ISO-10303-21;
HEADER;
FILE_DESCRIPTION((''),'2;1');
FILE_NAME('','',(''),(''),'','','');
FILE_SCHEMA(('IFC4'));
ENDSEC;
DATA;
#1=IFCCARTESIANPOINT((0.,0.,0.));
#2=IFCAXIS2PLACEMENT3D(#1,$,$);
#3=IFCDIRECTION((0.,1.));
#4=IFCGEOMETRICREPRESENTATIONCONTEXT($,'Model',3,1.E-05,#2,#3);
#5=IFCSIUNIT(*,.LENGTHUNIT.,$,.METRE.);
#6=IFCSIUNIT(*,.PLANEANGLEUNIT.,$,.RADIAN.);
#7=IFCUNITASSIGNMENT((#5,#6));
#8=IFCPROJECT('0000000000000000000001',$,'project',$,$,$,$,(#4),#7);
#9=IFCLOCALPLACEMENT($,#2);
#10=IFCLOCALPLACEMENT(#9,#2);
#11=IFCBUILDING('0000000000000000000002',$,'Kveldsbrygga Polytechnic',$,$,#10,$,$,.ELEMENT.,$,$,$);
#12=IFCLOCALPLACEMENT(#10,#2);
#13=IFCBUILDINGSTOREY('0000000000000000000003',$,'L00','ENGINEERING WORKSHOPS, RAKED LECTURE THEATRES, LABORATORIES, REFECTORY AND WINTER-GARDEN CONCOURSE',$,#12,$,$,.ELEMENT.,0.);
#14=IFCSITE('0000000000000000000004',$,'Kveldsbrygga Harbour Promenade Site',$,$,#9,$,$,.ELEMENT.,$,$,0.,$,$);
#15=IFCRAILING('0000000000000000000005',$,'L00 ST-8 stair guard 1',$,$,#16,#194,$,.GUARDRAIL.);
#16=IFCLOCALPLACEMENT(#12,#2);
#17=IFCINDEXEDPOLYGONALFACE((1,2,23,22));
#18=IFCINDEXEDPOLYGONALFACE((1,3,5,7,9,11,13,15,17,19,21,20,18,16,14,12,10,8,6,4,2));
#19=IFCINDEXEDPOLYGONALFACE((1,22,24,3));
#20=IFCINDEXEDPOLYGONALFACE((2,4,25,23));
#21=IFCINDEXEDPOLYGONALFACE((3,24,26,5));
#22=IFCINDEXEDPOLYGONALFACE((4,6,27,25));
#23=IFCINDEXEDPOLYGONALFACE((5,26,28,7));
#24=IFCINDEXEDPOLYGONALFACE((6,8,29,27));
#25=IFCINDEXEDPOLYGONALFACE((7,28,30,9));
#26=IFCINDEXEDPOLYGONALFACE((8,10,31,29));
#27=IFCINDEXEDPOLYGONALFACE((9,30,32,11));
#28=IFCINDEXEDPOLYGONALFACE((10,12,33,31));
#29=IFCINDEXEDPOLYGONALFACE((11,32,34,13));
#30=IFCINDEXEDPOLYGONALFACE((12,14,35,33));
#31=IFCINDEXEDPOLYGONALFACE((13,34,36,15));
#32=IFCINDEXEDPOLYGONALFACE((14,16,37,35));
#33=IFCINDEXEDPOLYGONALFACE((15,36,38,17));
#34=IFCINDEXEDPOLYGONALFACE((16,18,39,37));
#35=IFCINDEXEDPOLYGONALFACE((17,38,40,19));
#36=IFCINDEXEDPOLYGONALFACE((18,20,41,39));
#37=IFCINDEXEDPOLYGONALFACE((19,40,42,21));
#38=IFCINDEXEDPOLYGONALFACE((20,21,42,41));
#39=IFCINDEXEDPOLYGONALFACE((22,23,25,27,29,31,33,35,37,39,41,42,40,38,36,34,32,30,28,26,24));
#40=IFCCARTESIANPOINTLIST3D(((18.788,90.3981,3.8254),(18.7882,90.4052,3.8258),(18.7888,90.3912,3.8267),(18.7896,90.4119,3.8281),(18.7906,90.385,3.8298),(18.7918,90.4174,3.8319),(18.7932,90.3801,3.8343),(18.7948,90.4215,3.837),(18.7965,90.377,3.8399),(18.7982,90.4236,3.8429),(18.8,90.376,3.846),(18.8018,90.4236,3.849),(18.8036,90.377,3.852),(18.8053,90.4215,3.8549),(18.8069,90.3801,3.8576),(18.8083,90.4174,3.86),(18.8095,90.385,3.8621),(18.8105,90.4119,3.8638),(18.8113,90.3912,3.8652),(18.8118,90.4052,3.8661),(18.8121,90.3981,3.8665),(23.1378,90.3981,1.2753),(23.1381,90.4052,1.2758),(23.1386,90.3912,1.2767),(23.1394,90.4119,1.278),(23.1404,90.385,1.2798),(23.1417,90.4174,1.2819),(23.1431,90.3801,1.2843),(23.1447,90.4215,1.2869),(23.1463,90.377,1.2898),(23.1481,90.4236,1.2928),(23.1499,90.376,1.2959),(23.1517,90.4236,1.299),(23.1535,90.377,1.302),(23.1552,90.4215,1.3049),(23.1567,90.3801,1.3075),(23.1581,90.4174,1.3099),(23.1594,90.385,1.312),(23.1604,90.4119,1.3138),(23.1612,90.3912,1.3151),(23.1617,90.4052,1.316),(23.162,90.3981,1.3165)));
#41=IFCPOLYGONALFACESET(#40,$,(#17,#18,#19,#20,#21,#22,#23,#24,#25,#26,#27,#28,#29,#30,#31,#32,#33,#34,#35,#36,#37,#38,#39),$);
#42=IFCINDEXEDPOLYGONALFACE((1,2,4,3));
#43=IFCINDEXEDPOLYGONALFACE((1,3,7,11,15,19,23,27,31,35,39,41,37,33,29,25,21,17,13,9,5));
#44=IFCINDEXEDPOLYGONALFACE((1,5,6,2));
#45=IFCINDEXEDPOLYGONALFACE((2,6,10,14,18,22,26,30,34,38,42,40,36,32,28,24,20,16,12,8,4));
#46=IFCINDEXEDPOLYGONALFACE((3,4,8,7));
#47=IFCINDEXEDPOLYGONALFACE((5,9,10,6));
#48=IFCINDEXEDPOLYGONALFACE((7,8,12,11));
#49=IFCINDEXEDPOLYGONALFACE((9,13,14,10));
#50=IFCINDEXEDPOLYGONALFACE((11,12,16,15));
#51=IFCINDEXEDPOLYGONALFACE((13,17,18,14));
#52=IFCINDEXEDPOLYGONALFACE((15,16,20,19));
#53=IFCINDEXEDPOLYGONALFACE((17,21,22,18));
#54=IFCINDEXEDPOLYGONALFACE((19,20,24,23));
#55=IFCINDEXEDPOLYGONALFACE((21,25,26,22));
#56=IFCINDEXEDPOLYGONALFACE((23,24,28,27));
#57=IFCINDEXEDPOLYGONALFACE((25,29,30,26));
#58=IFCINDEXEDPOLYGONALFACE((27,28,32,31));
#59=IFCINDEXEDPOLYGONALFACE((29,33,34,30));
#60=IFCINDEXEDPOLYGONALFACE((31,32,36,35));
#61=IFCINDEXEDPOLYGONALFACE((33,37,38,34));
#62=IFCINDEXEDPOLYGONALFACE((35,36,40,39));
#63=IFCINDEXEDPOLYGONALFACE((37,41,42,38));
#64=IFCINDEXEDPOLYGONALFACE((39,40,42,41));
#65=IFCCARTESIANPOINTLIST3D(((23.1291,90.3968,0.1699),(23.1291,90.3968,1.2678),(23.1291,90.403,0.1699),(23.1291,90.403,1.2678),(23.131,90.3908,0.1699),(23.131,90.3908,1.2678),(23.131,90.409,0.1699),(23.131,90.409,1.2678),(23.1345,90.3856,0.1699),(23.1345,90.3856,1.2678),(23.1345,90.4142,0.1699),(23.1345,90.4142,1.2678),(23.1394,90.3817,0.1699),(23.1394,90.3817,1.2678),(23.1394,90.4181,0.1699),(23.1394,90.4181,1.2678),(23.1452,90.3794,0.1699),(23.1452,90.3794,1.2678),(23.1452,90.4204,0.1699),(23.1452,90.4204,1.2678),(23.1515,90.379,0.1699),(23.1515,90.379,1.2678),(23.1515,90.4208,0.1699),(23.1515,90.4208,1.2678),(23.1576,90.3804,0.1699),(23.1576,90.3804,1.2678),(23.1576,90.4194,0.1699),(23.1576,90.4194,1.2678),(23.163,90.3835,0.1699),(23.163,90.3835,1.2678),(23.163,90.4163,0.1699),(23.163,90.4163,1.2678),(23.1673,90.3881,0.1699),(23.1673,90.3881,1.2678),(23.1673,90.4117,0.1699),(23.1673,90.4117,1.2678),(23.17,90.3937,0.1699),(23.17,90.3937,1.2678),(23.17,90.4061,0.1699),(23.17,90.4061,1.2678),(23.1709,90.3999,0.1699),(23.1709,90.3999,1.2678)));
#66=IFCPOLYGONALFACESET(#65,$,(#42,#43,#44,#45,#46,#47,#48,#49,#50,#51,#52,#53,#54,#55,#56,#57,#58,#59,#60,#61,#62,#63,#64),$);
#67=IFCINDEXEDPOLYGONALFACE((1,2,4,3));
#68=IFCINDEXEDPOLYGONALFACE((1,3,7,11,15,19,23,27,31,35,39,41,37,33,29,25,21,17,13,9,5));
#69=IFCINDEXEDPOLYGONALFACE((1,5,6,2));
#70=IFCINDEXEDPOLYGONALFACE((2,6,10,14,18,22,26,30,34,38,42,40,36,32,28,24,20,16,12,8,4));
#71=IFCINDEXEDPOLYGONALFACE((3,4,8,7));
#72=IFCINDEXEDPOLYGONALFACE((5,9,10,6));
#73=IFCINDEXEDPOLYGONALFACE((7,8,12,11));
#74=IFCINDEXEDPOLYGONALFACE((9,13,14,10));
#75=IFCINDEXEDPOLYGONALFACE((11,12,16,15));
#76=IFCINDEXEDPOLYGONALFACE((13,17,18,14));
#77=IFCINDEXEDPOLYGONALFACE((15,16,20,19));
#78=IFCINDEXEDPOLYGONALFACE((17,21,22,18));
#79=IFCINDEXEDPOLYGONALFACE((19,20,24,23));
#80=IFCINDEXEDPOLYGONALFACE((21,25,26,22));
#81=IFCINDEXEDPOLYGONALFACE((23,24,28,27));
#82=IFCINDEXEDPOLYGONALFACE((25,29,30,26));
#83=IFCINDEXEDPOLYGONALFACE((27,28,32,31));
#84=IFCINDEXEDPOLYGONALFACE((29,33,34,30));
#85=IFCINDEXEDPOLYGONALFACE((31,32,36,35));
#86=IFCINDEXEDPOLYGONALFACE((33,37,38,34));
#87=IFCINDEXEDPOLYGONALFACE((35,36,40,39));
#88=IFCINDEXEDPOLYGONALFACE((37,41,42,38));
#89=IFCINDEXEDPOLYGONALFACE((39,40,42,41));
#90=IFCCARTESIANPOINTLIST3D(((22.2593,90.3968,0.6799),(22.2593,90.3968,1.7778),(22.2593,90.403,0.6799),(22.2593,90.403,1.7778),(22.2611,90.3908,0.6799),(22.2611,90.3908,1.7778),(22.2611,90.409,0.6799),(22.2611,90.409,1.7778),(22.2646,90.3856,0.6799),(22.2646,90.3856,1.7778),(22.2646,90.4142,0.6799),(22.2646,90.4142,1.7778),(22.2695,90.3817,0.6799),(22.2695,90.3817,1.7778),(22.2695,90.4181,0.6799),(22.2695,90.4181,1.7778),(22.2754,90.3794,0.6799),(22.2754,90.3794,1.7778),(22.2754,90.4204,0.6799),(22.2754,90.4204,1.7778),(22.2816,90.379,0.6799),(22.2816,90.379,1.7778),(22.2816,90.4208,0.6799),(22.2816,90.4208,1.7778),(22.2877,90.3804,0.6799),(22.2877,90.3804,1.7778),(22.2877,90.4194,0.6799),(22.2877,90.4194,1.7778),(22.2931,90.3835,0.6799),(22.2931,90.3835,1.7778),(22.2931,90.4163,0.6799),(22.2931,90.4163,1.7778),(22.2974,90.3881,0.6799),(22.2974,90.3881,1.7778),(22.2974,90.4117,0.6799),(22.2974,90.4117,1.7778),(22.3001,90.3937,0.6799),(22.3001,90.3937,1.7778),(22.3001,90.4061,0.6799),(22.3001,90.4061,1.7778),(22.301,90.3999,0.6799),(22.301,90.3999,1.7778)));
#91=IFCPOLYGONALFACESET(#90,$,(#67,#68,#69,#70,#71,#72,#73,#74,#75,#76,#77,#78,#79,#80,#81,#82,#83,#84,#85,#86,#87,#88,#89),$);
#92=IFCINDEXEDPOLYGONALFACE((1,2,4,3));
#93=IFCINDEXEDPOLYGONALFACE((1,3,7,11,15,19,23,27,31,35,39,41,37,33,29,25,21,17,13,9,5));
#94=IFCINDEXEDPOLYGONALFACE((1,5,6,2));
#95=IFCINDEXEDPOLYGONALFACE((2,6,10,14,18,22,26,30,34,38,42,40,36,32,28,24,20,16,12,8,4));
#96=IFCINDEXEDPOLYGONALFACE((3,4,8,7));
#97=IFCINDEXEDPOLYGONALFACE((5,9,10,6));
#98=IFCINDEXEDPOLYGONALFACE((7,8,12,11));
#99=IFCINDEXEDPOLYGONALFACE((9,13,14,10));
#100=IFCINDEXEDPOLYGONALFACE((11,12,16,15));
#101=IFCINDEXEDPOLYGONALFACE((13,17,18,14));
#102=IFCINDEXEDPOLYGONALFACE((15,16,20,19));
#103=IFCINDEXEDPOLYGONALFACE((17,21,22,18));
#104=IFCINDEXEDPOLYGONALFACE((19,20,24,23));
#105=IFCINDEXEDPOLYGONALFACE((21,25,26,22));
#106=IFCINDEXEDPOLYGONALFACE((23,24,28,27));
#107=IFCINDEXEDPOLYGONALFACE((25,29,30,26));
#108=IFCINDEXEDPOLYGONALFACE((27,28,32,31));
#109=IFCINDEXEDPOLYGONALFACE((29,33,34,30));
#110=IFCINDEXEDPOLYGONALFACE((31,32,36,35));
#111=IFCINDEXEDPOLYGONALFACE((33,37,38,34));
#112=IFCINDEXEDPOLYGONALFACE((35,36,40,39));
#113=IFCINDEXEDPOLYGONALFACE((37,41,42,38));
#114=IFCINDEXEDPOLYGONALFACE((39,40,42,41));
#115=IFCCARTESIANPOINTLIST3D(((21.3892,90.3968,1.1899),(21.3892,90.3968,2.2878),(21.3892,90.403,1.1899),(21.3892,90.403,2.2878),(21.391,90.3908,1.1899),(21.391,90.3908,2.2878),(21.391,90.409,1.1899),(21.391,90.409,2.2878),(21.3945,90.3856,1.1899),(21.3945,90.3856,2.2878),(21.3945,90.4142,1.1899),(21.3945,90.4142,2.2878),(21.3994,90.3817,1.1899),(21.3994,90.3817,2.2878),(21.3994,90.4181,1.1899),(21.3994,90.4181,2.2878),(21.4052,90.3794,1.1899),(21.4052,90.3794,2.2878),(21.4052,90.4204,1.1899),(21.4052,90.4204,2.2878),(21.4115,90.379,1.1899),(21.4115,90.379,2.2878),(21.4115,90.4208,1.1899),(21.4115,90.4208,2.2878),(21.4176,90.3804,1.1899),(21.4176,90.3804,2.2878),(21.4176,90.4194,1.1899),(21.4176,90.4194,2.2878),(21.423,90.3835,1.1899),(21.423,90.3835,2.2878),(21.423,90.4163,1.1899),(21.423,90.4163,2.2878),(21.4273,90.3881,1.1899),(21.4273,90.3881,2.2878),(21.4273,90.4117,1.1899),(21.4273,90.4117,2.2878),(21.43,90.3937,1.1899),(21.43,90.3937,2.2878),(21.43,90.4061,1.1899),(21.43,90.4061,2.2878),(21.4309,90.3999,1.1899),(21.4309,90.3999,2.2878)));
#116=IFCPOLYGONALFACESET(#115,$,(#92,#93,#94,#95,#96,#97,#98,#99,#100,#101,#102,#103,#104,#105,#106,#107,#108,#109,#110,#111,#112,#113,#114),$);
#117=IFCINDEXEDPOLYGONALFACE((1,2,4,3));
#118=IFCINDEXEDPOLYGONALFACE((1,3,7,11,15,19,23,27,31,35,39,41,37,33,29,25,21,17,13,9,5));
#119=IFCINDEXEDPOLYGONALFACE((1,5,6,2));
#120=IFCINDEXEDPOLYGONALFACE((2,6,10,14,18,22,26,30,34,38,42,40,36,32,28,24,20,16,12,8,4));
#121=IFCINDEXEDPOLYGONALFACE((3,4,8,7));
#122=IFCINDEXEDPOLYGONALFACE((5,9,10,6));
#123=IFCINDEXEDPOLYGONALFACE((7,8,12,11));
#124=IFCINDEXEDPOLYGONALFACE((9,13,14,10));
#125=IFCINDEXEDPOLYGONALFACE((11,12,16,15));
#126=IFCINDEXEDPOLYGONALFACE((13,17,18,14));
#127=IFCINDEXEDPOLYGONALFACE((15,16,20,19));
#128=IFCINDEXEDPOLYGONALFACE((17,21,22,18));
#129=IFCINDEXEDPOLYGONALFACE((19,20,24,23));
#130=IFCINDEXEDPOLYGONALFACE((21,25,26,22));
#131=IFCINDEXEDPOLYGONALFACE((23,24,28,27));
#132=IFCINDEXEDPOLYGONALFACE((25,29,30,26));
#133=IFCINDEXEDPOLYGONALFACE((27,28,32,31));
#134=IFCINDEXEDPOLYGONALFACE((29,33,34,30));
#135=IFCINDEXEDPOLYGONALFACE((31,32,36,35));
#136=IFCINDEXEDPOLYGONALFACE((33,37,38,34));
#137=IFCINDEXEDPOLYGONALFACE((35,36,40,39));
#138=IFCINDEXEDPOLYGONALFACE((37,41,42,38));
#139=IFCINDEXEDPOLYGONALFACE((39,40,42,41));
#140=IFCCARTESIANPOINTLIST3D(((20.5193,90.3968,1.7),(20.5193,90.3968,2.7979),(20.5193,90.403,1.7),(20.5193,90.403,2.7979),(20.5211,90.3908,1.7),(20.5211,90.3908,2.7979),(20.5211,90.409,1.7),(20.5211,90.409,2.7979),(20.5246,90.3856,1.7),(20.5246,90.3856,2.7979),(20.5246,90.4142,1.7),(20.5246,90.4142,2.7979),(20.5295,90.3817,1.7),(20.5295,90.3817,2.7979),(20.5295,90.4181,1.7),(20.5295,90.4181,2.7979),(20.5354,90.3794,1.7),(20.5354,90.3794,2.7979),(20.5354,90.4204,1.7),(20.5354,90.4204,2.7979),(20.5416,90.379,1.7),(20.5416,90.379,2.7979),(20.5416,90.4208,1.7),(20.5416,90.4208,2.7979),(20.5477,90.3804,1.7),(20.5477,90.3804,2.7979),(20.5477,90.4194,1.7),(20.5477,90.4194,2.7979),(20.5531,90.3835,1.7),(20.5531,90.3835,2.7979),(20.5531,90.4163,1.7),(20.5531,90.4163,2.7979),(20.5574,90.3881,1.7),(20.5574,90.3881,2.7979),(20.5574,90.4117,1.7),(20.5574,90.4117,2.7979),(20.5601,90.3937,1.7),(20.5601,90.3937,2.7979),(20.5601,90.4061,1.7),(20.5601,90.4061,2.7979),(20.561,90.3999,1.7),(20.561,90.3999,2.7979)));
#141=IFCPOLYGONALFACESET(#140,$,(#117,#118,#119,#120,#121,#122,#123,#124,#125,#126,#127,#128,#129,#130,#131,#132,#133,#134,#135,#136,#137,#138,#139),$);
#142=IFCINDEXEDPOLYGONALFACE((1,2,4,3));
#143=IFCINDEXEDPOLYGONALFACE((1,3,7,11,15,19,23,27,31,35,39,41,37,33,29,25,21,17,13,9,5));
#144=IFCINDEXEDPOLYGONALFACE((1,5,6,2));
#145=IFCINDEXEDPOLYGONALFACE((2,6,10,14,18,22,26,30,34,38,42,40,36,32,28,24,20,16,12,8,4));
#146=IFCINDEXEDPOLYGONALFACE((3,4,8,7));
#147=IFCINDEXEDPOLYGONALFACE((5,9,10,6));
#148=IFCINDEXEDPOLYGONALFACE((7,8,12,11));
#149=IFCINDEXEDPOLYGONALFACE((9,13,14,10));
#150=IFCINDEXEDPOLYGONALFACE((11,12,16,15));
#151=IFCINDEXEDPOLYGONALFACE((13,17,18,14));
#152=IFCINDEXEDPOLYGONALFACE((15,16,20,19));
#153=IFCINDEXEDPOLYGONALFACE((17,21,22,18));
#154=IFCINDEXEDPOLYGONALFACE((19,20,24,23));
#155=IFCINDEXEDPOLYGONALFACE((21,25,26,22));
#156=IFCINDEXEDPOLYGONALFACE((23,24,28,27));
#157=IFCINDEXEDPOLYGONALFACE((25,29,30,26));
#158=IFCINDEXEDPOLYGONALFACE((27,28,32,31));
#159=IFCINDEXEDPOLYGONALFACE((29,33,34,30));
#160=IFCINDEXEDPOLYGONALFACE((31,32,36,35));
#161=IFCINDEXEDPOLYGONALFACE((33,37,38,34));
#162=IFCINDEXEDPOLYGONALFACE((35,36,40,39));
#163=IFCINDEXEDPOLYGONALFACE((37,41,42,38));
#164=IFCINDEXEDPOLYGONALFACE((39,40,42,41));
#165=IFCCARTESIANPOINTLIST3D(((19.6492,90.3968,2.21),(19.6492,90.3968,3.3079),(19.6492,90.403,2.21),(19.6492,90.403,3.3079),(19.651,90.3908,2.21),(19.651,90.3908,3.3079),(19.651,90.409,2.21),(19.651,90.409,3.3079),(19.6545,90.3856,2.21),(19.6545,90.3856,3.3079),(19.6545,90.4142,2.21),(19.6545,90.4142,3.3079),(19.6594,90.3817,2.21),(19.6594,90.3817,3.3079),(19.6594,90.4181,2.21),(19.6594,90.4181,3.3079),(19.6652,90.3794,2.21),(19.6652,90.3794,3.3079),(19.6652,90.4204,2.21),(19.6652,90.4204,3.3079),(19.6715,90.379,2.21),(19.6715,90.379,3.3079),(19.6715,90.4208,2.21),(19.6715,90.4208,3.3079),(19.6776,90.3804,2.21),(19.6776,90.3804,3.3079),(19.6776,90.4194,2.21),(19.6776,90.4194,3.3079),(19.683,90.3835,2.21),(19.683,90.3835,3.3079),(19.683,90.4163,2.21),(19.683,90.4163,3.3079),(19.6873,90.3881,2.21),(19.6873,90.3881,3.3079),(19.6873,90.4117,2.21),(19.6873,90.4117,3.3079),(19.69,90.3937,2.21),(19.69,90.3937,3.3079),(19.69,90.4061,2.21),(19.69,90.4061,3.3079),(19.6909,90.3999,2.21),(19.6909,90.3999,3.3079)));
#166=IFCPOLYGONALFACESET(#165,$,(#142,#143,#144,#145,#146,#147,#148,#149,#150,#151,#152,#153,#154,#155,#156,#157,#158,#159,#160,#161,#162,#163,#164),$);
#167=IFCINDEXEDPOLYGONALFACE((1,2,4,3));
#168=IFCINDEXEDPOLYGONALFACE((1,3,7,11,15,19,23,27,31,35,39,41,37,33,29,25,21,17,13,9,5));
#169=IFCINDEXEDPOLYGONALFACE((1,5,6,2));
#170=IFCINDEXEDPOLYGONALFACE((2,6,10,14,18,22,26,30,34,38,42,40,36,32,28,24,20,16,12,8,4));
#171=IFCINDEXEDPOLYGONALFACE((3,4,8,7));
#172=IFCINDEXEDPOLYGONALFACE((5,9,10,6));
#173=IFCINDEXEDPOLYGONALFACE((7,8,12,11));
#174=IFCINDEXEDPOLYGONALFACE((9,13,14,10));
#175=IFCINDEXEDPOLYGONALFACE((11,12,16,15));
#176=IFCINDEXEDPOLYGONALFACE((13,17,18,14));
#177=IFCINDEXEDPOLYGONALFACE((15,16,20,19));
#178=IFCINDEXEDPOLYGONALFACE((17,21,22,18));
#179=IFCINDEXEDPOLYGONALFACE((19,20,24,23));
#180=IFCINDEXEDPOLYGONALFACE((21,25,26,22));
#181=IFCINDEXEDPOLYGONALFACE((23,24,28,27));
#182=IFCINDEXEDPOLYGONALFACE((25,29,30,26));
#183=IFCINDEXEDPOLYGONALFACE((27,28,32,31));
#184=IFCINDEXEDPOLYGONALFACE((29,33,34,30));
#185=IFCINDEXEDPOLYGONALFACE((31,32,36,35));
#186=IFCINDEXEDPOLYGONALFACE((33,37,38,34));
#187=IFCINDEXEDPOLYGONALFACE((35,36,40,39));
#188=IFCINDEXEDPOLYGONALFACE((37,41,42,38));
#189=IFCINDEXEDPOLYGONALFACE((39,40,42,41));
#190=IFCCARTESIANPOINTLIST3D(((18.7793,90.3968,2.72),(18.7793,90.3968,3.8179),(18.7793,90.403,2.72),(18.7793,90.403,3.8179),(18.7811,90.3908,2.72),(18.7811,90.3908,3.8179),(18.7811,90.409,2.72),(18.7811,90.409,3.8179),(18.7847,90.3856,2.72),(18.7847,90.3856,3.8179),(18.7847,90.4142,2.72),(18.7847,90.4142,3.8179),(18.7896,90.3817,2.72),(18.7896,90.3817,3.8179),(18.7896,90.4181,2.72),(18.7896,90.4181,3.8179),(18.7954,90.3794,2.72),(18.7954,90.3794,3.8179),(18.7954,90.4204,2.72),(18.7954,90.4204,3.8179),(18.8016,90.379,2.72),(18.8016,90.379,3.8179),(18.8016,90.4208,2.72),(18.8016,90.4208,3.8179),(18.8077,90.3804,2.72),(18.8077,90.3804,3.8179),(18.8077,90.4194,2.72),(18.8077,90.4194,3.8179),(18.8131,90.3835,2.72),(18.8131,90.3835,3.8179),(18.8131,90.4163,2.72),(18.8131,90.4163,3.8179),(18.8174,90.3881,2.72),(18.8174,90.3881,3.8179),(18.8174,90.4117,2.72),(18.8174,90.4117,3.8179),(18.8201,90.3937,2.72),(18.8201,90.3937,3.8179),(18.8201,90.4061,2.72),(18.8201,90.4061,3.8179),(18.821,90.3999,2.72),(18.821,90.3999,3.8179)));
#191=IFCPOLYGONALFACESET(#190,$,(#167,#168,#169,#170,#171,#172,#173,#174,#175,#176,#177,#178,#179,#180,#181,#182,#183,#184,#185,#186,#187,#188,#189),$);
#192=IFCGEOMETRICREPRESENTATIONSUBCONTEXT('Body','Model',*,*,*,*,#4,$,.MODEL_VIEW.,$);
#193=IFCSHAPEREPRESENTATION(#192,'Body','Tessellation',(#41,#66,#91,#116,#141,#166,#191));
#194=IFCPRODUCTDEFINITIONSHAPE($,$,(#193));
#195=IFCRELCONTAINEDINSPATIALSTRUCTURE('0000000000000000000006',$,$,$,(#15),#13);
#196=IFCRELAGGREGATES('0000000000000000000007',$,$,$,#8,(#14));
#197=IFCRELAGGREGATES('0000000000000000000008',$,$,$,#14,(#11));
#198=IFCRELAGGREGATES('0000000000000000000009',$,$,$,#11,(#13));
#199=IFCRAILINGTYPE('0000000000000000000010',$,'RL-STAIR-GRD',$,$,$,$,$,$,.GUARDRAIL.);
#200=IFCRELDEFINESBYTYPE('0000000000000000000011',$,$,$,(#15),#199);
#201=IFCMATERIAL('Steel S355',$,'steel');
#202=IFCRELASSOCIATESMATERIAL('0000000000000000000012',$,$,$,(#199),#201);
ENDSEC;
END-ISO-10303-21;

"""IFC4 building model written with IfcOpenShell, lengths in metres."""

from ifc_helpers import new_model, si_unit, direction, frame, origin, origin_2d, place, context, subcontext, project, spatial, circle, extrude, material, type_object, element, save


model = new_model("IFC4")

# Units and contexts
model_context = context("Model", 3, precision=1e-05, world=origin(), true_north=direction((0.0, 1.0)))
body_context = subcontext(model_context, "Body", "Model", "MODEL_VIEW")
ifc_project = project(units=[si_unit("LENGTHUNIT", "METRE"), si_unit("PLANEANGLEUNIT", "RADIAN")], contexts=[model_context])

# Site, building, storey
site_placement = place(None, origin())
site = spatial("IfcSite", under=ifc_project, at=site_placement, Name="Kveldsbrygga Harbour Promenade Site", CompositionType="ELEMENT", RefElevation=0.0)
building_placement = place(site_placement, origin())
building = spatial("IfcBuilding", under=site, at=building_placement, Name="Kveldsbrygga Polytechnic", CompositionType="ELEMENT")
storey_placement = place(building_placement, origin())
storey = spatial("IfcBuildingStorey", under=building, at=storey_placement, Name="L00", Description="ENGINEERING WORKSHOPS, RAKED LECTURE THEATRES, LABORATORIES, REFECTORY AND WINTER-GARDEN CONCOURSE", CompositionType="ELEMENT", Elevation=0.0)

# Shared definitions
ifc_material_1 = material(Name="Steel S355", Category="steel")

# Railing
railing_type_1 = type_object("IfcRailingType", Name="RL-STAIR-GRD", PredefinedType="GUARDRAIL", material=ifc_material_1)
railing_1_placement = place(storey_placement, frame((23.1499, 90.3999, 0.1699)))
element("IfcRailing", 1, at=railing_1_placement, inside=storey, type_object=railing_type_1, Name="L00 ST-8 stair guard 1", PredefinedType="GUARDRAIL", context=body_context, shape_type="SweptSolid", body=[
    extrude(circle(Radius=0.0239, at=origin_2d()), frame((0.0, 0.0, 1.126), z_axis=(-0.862686, 0.0, 0.505739), x_axis=(0.0, -1.0, 0.0)), (0.0, 0.0, 1.0), 5.0422),
    extrude(circle(Radius=0.021, at=origin_2d()), origin(), (0.0, 0.0, 1.0), 1.0979),
    extrude(circle(Radius=0.021, at=origin_2d()), frame((-0.8699, 0.0, 0.51)), (0.0, 0.0, 1.0), 1.0979),
    extrude(circle(Radius=0.021, at=origin_2d()), frame((-1.74, 0.0, 1.02)), (0.0, 0.0, 1.0), 1.0979),
    extrude(circle(Radius=0.021, at=origin_2d()), frame((-2.6099, 0.0, 1.53)), (0.0, 0.0, 1.0), 1.0979),
    extrude(circle(Radius=0.021, at=origin_2d()), frame((-3.48, 0.0, 2.04)), (0.0, 0.0, 1.0), 1.0979),
    extrude(circle(Radius=0.021, at=origin_2d()), frame((-4.3499, 0.0, 2.55)), (0.0, 0.0, 1.0), 1.0979),
])

save(model, "model.ifc")
